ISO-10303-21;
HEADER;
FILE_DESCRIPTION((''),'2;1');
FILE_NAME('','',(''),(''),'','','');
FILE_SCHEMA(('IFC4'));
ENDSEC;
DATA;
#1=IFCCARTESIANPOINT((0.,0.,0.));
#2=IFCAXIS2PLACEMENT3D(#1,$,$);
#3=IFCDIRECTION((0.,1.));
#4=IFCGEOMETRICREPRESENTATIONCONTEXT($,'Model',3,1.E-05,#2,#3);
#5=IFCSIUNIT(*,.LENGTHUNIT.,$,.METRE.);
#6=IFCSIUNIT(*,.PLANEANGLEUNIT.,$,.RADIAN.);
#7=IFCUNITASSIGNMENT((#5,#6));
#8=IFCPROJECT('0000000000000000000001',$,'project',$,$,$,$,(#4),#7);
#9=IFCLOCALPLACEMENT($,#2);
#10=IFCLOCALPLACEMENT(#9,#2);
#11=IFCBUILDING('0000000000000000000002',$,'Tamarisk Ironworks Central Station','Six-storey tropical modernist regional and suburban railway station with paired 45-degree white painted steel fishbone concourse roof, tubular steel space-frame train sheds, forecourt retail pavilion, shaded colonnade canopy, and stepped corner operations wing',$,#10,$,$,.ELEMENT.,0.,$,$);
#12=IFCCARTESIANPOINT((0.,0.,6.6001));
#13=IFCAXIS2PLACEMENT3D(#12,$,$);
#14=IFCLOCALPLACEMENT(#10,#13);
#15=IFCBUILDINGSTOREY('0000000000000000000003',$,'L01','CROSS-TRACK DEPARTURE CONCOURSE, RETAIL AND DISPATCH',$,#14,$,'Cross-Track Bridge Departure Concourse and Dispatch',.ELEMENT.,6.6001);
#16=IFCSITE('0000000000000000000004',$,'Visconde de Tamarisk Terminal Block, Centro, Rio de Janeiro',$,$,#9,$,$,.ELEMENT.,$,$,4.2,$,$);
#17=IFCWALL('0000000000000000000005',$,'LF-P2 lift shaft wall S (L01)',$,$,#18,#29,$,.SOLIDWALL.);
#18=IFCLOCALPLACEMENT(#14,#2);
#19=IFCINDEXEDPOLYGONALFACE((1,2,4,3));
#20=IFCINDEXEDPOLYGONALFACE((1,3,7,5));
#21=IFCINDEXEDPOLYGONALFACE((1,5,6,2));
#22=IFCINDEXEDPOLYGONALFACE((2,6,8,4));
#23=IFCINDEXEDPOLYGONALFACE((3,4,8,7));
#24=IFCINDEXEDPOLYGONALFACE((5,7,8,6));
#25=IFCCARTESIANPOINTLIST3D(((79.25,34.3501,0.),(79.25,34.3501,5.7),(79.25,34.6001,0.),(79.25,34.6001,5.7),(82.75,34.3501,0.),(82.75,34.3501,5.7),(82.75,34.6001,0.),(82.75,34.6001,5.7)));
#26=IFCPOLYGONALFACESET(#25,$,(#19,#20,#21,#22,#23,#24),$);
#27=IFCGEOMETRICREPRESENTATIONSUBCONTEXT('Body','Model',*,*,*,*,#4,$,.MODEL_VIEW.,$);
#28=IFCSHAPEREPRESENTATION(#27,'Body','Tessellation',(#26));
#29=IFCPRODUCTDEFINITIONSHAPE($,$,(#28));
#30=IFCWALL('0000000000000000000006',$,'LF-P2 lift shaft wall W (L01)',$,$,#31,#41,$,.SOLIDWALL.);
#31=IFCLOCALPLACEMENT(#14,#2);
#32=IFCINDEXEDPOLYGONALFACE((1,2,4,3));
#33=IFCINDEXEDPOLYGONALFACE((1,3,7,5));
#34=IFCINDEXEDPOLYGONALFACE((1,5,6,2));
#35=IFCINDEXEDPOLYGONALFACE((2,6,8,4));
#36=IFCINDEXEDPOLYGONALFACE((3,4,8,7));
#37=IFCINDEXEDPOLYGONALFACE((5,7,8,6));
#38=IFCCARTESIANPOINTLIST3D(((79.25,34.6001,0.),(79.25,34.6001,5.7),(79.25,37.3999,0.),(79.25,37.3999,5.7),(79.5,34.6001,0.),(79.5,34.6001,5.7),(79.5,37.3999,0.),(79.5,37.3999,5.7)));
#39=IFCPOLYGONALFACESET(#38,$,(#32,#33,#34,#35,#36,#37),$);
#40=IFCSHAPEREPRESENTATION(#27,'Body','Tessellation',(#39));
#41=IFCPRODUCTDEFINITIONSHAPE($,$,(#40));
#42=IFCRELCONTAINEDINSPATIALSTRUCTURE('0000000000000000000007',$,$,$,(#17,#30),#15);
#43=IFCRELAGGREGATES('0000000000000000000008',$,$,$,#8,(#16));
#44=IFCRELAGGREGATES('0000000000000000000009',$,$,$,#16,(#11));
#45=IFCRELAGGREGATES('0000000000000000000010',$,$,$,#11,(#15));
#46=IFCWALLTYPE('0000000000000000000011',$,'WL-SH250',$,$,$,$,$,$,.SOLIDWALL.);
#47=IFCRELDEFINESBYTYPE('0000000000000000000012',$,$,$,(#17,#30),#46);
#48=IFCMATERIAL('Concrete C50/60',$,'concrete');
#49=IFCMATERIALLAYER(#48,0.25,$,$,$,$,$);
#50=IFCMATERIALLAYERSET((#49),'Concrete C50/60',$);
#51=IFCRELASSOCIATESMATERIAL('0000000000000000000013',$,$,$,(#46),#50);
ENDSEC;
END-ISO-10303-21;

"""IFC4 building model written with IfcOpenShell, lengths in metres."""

from ifc_helpers import new_model, si_unit, direction, frame, frame_2d, origin, place, context, subcontext, project, spatial, rectangle, extrude, material, layer, layer_set, type_object, element, save


model = new_model("IFC4")

# Units and contexts
model_context = context("Model", 3, precision=1e-05, world=origin(), true_north=direction((0.0, 1.0)))
body_context = subcontext(model_context, "Body", "Model", "MODEL_VIEW")
ifc_project = project(units=[si_unit("LENGTHUNIT", "METRE"), si_unit("PLANEANGLEUNIT", "RADIAN")], contexts=[model_context])

# Site, building, storey
site_placement = place(None, origin())
site = spatial("IfcSite", under=ifc_project, at=site_placement, Name="Visconde de Tamarisk Terminal Block, Centro, Rio de Janeiro", CompositionType="ELEMENT", RefElevation=4.2)
building_placement = place(site_placement, origin())
building = spatial("IfcBuilding", under=site, at=building_placement, Name="Tamarisk Ironworks Central Station", Description="Six-storey tropical modernist regional and suburban railway station with paired 45-degree white painted steel fishbone concourse roof, tubular steel space-frame train sheds, forecourt retail pavilion, shaded colonnade canopy, and stepped corner operations wing", CompositionType="ELEMENT", ElevationOfRefHeight=0.0)
storey_placement = place(building_placement, frame((0.0, 0.0, 6.6001)))
storey = spatial("IfcBuildingStorey", under=building, at=storey_placement, Name="L01", Description="CROSS-TRACK DEPARTURE CONCOURSE, RETAIL AND DISPATCH", LongName="Cross-Track Bridge Departure Concourse and Dispatch", CompositionType="ELEMENT", Elevation=6.6001)

# Walls
ifc_material_1 = material(Name="Concrete C50/60", Category="concrete")
ifc_layer_1 = layer(ifc_material_1, 0.25)
ifc_layer_set_1 = layer_set([ifc_layer_1], Name="Concrete C50/60")
wall_type_1 = type_object("IfcWallType", Name="WL-SH250", PredefinedType="SOLIDWALL", material=ifc_layer_set_1)
for number, where, z_axis, x_axis, name in (
    (1, (79.25, 34.4751, 0.0), (0.0, 0.0, 1.0), (1.0, 0.0, 0.0), "LF-P2 lift shaft wall S (L01)"),
):
    element("IfcWall", number, at=place(storey_placement, frame(where, z_axis=z_axis, x_axis=x_axis)), inside=storey, type_object=wall_type_1, Name=name, PredefinedType="SOLIDWALL", context=body_context, shape_type="SweptSolid", body=[
        extrude(rectangle(XDim=3.5, YDim=0.25, at=frame_2d((1.75, 0.0))), origin(), (0.0, 0.0, 1.0), 5.7),
    ])
wall_1_placement = place(storey_placement, frame((79.375, 34.6001, 0.0), z_axis=(0.0, 0.0, 1.0), x_axis=(0.0, 1.0, 0.0)))
element("IfcWall", 2, at=wall_1_placement, inside=storey, type_object=wall_type_1, Name="LF-P2 lift shaft wall W (L01)", PredefinedType="SOLIDWALL", context=body_context, shape_type="SweptSolid", body=[
    extrude(rectangle(XDim=2.7998, YDim=0.25, at=frame_2d((1.3999, 0.0))), origin(), (0.0, 0.0, 1.0), 5.7),
])

save(model, "model.ifc")
